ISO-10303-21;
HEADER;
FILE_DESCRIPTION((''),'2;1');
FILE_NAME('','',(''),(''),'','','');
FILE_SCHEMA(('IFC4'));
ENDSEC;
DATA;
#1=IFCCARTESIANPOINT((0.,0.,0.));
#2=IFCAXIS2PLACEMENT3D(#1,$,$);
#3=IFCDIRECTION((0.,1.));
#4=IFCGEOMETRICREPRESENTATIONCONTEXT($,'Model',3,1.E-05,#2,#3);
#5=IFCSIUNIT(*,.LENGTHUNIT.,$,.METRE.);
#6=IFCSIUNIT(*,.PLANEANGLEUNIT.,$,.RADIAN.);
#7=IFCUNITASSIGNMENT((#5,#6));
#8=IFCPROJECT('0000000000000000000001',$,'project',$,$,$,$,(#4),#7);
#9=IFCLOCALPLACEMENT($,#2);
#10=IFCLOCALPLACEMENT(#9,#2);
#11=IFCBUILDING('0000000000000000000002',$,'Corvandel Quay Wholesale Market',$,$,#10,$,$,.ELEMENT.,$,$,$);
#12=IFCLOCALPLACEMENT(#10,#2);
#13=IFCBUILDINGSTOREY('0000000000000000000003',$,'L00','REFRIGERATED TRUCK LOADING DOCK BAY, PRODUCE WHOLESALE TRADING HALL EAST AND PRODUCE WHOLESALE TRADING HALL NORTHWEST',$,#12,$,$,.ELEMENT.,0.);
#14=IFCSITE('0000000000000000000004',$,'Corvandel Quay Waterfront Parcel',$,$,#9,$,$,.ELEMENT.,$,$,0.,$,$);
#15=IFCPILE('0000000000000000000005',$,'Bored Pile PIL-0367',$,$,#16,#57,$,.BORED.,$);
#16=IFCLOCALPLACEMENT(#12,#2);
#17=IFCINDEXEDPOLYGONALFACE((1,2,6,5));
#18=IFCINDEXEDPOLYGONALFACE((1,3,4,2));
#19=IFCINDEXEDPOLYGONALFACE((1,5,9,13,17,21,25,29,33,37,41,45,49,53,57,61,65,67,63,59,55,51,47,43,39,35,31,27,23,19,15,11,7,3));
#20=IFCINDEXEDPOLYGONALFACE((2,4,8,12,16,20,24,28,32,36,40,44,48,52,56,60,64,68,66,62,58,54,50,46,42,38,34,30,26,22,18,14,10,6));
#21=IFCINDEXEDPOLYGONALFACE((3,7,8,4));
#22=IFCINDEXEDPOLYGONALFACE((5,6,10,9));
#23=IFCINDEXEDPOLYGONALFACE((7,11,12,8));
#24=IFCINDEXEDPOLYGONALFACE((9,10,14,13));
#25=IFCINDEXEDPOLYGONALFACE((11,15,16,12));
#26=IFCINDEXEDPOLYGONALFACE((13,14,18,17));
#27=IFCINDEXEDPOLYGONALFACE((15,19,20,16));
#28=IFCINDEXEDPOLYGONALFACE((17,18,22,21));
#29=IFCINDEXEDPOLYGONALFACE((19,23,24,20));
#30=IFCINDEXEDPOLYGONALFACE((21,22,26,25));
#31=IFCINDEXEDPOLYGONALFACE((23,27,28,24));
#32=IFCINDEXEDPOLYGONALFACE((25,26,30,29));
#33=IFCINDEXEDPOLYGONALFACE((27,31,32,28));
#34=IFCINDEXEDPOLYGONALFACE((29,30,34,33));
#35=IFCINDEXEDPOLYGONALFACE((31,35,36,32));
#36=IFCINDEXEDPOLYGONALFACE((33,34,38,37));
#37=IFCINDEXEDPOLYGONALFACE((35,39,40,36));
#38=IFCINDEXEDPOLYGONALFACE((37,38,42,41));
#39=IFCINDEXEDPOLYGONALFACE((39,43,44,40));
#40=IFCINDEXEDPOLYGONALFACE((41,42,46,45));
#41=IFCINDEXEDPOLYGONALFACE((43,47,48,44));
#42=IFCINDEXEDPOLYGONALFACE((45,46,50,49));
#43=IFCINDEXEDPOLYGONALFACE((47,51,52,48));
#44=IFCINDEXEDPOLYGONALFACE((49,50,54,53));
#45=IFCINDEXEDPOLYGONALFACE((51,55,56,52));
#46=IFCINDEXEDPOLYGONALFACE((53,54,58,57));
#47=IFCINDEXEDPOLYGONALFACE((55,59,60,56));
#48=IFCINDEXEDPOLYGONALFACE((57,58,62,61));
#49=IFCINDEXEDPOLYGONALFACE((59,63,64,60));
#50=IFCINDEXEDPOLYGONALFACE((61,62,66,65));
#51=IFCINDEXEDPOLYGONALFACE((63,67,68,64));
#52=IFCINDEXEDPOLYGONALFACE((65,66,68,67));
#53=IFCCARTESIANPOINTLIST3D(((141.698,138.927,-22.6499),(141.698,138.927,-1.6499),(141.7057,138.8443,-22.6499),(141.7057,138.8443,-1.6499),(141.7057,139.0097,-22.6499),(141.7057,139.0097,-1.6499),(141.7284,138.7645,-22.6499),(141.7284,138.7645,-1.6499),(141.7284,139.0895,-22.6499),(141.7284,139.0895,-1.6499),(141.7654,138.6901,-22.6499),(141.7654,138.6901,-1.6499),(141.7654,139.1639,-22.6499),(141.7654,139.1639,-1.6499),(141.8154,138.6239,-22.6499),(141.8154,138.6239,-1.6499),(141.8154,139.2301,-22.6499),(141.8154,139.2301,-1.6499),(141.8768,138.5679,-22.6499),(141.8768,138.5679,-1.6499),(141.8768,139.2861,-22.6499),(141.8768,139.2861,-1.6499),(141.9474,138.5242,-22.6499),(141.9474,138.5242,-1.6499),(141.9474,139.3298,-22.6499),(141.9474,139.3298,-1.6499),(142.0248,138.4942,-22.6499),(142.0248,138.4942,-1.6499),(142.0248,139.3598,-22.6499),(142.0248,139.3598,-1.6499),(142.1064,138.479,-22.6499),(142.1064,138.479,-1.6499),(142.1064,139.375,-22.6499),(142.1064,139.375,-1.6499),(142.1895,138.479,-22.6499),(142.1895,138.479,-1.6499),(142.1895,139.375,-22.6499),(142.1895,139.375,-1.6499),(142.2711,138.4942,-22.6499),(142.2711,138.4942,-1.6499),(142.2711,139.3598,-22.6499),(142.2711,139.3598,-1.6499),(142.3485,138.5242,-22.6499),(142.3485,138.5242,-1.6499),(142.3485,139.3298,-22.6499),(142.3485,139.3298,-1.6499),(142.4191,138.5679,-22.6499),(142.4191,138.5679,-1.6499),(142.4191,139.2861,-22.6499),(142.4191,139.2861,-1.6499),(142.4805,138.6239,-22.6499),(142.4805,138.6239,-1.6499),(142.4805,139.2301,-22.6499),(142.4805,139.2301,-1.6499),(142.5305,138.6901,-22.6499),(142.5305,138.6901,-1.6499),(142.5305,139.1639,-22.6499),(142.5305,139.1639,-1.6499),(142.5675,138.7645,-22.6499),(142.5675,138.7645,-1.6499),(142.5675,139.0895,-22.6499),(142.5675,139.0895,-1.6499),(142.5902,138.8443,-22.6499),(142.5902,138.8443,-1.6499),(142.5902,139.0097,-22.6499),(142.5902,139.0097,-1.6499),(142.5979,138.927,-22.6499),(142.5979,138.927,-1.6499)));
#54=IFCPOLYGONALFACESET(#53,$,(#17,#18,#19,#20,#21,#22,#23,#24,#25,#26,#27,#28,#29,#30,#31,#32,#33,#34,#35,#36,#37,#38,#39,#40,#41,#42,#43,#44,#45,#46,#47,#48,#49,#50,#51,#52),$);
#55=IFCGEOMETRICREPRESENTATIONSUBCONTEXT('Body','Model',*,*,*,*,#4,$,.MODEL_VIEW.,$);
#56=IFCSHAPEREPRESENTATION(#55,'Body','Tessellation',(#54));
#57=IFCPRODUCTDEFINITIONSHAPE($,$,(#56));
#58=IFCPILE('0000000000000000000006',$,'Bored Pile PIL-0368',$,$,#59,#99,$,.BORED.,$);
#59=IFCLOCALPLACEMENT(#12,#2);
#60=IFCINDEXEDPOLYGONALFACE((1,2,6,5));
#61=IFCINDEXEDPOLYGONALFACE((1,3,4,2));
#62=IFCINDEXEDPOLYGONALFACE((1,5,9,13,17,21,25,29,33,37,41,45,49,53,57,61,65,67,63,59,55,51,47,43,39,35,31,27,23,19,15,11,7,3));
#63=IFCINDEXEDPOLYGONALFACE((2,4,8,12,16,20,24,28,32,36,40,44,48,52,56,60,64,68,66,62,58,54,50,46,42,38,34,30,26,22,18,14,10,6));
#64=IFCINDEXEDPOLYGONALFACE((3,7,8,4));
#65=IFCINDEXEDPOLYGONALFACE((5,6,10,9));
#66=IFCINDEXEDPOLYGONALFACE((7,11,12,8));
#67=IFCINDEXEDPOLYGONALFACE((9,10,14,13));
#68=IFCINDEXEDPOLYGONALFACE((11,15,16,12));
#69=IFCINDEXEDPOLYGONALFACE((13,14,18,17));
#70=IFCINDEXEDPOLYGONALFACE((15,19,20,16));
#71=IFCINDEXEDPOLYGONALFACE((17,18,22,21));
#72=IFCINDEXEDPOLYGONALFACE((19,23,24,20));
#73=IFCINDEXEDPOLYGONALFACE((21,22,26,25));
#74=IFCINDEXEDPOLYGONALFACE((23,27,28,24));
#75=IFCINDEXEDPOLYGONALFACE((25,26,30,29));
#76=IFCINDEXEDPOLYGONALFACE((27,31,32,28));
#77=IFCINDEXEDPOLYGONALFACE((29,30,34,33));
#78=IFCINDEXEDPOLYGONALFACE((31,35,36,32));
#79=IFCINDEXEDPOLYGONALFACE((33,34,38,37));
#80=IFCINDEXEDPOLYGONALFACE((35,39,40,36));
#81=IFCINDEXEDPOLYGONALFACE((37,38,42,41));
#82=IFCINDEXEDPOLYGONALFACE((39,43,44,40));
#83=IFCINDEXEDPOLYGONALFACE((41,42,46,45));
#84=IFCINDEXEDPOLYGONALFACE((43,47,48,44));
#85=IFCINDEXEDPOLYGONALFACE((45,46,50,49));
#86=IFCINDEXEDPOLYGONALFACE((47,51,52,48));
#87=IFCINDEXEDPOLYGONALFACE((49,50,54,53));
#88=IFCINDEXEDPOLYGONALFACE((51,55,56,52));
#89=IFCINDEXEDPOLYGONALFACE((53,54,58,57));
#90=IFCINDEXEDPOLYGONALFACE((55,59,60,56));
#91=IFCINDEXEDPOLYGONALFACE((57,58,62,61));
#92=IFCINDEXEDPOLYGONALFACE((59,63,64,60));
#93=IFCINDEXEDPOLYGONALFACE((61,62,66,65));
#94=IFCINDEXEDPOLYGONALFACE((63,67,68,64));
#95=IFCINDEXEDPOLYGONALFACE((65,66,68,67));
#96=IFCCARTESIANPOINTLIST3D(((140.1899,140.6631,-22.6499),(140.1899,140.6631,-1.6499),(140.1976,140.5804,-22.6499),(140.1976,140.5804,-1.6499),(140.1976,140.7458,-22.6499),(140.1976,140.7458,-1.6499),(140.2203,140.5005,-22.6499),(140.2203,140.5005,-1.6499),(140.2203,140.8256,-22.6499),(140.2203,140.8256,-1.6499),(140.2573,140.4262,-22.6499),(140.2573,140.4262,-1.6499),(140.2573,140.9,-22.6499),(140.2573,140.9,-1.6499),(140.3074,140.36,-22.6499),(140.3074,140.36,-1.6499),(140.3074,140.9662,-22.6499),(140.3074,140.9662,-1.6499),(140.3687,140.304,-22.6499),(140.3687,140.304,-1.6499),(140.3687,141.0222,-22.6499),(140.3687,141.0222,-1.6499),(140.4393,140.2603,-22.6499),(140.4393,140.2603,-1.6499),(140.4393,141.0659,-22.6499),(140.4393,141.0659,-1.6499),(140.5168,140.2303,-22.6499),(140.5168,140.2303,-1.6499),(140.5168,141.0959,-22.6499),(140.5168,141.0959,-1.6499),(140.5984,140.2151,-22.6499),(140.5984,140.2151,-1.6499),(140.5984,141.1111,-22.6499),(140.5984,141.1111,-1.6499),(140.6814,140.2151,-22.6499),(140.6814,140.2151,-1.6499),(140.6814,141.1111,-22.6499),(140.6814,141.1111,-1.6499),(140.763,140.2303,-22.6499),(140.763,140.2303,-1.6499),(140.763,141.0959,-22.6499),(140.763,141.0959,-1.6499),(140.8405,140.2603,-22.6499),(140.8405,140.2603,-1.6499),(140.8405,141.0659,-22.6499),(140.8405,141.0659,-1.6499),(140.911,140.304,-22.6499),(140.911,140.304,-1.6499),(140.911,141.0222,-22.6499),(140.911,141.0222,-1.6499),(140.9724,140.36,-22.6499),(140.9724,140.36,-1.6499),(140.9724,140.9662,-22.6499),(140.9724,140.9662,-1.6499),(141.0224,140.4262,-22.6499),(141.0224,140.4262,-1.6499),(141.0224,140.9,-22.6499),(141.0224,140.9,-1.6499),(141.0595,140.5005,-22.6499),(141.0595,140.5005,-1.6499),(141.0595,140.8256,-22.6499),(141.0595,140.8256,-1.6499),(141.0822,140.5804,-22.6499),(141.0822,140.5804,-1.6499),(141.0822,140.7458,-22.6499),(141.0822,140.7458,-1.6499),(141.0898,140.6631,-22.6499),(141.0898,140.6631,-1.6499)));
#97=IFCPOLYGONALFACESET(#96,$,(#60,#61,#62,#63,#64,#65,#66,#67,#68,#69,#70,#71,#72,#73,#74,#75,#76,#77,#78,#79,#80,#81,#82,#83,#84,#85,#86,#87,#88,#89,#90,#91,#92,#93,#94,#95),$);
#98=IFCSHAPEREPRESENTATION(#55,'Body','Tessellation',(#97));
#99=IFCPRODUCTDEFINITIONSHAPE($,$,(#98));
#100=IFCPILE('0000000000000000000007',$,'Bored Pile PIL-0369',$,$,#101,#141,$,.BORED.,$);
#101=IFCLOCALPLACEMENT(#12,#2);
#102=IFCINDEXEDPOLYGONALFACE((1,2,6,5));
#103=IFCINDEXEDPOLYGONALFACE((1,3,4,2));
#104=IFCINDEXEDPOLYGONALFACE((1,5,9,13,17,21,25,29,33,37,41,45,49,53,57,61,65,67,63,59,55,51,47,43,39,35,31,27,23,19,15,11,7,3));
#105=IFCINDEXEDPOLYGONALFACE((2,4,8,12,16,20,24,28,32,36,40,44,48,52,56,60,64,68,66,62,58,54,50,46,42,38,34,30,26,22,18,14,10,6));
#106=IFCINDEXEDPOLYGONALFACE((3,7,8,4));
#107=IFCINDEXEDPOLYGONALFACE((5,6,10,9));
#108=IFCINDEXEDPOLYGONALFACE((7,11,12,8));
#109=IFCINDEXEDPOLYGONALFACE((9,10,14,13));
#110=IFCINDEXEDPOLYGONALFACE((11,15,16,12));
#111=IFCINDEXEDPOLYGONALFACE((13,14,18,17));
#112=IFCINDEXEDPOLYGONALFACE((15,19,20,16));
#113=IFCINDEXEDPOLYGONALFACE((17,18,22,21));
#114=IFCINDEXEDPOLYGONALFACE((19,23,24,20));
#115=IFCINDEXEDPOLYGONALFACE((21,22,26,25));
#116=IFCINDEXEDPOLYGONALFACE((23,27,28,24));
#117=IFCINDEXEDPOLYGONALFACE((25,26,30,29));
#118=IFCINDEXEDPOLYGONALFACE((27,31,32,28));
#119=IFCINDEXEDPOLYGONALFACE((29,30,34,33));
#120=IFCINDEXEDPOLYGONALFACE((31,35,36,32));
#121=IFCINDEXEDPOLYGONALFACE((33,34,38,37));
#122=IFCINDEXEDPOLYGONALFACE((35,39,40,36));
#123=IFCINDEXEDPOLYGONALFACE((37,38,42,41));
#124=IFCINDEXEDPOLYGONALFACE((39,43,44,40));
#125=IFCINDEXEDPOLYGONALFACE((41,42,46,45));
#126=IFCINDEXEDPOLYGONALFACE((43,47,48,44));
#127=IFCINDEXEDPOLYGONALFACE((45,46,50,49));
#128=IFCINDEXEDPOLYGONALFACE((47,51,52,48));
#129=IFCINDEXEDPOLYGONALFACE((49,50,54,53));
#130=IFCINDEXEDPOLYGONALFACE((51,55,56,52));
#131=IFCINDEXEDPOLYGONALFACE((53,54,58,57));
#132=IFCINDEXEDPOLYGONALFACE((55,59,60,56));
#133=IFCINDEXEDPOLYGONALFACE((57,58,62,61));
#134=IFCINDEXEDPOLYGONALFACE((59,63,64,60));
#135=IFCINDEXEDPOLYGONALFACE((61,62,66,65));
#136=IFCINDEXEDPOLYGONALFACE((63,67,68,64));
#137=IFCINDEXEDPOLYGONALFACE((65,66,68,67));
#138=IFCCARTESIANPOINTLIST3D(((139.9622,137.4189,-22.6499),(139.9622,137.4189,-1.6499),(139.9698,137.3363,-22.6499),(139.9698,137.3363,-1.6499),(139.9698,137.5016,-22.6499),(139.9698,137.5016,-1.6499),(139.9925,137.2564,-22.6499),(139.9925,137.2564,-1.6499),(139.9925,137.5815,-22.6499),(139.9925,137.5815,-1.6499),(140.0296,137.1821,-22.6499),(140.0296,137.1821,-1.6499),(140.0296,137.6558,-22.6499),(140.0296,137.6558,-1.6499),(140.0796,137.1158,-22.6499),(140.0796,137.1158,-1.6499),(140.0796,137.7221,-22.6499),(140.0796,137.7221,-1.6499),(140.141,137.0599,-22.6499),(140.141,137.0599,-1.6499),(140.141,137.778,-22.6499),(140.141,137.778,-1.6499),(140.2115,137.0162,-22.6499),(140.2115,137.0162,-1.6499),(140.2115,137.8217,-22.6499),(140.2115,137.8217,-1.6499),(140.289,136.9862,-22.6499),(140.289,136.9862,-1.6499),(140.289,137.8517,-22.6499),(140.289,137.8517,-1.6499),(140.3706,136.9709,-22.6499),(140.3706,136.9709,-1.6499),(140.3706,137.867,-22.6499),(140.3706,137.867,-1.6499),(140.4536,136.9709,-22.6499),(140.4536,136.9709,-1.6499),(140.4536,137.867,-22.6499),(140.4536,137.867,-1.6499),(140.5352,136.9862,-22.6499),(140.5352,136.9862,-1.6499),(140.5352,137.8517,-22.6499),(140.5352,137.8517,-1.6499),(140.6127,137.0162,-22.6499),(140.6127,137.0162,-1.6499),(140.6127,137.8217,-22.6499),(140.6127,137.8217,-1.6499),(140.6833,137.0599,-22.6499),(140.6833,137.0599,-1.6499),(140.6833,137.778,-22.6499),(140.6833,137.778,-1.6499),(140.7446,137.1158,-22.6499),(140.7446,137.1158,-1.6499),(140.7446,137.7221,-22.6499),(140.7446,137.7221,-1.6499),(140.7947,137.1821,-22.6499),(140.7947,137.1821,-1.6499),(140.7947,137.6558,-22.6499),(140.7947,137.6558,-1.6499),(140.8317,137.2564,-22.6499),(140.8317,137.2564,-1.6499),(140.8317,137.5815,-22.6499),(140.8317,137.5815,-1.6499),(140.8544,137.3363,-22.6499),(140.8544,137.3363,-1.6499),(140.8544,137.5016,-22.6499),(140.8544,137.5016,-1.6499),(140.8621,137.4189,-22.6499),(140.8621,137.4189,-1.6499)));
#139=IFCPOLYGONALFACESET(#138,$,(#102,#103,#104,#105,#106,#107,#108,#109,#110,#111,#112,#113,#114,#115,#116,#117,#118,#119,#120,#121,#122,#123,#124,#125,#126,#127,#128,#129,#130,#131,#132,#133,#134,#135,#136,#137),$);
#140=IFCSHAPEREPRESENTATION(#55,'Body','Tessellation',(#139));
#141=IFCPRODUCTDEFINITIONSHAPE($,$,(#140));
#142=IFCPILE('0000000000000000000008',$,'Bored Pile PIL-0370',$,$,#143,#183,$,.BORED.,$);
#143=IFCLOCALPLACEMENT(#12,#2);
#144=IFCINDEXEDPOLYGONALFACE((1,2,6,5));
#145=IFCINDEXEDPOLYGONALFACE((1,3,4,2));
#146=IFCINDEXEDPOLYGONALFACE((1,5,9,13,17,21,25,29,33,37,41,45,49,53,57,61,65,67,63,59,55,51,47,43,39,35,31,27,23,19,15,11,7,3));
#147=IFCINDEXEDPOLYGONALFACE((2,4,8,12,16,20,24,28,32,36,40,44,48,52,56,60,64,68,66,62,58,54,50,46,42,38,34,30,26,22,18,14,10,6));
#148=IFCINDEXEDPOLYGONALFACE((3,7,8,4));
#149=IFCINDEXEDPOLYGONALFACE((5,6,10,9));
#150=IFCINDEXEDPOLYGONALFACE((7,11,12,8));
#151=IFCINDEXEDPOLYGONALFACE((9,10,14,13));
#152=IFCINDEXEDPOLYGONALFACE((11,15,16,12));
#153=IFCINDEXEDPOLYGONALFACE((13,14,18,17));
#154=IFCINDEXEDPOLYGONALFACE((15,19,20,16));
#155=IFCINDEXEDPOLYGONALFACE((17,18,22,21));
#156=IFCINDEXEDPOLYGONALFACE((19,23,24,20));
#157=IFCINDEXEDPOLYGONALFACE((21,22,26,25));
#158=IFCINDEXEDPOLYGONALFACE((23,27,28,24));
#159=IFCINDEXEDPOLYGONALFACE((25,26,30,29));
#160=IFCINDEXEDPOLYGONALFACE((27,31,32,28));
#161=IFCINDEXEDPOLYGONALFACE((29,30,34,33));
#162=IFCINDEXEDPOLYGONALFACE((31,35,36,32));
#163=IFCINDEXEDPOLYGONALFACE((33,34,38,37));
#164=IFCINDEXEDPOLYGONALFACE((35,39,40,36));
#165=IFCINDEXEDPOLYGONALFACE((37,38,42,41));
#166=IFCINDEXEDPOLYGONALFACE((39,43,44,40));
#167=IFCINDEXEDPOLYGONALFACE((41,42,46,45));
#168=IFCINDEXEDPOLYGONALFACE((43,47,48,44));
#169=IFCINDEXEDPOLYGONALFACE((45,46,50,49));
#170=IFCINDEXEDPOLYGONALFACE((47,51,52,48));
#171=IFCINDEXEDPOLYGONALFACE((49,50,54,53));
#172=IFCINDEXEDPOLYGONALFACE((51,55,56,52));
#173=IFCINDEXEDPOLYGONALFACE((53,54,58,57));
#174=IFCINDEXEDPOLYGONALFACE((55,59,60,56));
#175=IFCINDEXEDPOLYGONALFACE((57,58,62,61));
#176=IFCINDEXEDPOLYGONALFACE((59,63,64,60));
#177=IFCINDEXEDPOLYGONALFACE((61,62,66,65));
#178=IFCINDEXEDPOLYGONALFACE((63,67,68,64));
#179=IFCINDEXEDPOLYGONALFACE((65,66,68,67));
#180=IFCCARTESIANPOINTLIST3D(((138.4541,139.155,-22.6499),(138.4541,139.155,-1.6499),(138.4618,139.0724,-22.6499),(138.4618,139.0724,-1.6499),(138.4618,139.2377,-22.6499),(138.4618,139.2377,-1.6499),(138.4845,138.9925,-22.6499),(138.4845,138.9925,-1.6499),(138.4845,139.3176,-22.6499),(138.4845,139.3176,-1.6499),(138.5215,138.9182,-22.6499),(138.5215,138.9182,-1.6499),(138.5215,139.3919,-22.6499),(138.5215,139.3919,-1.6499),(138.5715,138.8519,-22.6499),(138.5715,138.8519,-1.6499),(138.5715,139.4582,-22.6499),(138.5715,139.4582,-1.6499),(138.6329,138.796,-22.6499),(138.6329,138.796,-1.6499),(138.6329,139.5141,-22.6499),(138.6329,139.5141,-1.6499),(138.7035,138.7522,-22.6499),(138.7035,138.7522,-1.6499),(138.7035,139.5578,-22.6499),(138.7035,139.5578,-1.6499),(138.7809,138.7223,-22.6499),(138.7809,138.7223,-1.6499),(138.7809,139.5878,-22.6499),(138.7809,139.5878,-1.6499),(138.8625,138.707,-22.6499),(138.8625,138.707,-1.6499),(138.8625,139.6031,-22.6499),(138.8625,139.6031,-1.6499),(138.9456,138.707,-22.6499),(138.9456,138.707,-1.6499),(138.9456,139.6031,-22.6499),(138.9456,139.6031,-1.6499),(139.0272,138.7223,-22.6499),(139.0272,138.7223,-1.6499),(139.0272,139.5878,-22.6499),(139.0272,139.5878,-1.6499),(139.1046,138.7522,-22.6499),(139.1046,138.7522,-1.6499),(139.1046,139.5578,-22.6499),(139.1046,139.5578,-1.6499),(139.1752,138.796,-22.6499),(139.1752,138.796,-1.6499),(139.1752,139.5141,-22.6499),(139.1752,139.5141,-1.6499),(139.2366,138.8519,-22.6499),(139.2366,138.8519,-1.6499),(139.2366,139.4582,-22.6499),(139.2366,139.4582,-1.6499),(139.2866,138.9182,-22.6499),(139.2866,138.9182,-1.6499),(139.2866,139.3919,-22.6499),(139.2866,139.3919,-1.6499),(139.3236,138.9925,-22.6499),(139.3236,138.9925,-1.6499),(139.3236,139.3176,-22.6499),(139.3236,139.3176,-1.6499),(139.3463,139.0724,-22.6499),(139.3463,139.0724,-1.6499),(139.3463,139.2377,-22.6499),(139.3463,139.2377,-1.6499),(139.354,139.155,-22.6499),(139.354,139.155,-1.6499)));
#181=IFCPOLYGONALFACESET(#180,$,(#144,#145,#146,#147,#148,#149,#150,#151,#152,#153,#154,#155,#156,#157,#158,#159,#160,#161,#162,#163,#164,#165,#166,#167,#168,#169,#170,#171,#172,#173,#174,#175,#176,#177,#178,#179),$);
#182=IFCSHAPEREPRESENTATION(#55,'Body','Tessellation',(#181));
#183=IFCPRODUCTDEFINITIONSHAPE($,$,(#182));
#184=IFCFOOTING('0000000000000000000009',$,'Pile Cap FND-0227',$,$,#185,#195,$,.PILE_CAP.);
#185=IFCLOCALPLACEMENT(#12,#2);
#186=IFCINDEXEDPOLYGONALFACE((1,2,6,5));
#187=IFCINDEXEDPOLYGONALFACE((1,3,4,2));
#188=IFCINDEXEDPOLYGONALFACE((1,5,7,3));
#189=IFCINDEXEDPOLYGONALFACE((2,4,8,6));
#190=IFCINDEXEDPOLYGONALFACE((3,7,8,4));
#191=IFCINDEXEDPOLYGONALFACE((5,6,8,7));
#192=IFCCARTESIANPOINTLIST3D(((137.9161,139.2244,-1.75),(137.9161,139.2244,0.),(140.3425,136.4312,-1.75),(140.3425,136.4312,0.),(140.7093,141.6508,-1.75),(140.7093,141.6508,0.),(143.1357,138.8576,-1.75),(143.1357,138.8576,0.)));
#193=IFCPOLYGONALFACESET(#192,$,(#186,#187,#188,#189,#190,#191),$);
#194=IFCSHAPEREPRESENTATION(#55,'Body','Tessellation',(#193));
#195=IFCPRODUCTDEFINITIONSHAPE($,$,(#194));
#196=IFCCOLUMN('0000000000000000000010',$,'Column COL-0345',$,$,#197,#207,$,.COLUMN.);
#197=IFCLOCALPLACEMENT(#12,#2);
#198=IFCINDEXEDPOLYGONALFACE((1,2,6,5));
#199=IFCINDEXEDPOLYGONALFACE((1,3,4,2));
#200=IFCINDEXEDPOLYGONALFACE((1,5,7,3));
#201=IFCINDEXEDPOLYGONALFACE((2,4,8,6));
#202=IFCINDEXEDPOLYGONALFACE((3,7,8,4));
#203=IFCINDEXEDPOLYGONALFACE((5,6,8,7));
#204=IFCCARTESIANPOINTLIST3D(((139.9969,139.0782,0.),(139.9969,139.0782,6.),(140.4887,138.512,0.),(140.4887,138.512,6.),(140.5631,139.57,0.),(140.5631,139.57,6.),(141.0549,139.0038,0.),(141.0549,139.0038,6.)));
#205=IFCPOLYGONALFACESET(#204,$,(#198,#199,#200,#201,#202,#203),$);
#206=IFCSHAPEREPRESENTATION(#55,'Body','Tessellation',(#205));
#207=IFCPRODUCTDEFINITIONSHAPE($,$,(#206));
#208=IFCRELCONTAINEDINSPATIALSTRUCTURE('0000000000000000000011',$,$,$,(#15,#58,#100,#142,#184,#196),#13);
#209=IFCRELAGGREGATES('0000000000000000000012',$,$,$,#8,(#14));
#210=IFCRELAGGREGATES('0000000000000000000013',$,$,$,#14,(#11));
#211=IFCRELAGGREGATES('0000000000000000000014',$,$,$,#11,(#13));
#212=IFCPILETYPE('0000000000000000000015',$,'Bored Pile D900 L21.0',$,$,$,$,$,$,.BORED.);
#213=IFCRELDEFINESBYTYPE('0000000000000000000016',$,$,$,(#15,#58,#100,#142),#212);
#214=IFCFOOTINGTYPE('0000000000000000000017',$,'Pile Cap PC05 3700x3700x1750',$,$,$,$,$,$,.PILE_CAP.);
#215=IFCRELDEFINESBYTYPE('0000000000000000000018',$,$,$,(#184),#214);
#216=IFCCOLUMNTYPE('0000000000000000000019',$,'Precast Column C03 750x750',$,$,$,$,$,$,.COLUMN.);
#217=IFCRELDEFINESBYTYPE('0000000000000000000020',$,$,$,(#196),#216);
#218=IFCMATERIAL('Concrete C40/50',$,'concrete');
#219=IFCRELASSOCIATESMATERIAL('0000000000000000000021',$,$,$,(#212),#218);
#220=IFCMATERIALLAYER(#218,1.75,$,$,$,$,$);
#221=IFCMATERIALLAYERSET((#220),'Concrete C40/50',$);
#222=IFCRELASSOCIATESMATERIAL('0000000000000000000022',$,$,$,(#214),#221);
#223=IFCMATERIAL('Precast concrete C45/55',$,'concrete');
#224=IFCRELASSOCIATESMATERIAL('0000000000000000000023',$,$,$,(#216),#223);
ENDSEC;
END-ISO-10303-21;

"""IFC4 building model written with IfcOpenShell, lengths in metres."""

from ifc_helpers import new_model, si_unit, direction, frame, origin, origin_2d, place, context, subcontext, project, spatial, rectangle, circle, extrude, material, layer, layer_set, material_profile, profile_set, type_object, element, save


model = new_model("IFC4")

# Units and contexts
model_context = context("Model", 3, precision=1e-05, world=origin(), true_north=direction((0.0, 1.0)))
body_context = subcontext(model_context, "Body", "Model", "MODEL_VIEW")
ifc_project = project(units=[si_unit("LENGTHUNIT", "METRE"), si_unit("PLANEANGLEUNIT", "RADIAN")], contexts=[model_context])

# Site, building, storey
site_placement = place(None, origin())
site = spatial("IfcSite", under=ifc_project, at=site_placement, Name="Corvandel Quay Waterfront Parcel", CompositionType="ELEMENT", RefElevation=0.0)
building_placement = place(site_placement, origin())
building = spatial("IfcBuilding", under=site, at=building_placement, Name="Corvandel Quay Wholesale Market", CompositionType="ELEMENT")
storey_placement = place(building_placement, origin())
storey = spatial("IfcBuildingStorey", under=building, at=storey_placement, Name="L00", Description="REFRIGERATED TRUCK LOADING DOCK BAY, PRODUCE WHOLESALE TRADING HALL EAST AND PRODUCE WHOLESALE TRADING HALL NORTHWEST", CompositionType="ELEMENT", Elevation=0.0)

# Piles
ifc_material_1 = material(Name="Concrete C40/50", Category="concrete")
ifc_material_profile_1 = material_profile(ifc_material_1, circle(Radius=0.45, at=origin_2d()), Name="RC-PILE-D900")
ifc_profile_set_1 = profile_set([ifc_material_profile_1], Name="Concrete C40/50")
pile_type = type_object("IfcPileType", Name="Bored Pile D900 L21.0", PredefinedType="BORED", material=ifc_profile_set_1)
for number, where, z_axis, x_axis, name in (
    (1, (142.1479, 138.927, -1.6499), (0.0, 0.0, -1.0), (1.0, 0.0, 0.0), "Bored Pile PIL-0367"),
    (2, (140.6399, 140.6631, -1.6499), (0.0, 0.0, -1.0), (1.0, 0.0, 0.0), "Bored Pile PIL-0368"),
    (3, (140.4121, 137.4189, -1.6499), (0.0, 0.0, -1.0), (1.0, 0.0, 0.0), "Bored Pile PIL-0369"),
    (4, (138.9041, 139.155, -1.6499), (0.0, 0.0, -1.0), (1.0, 0.0, 0.0), "Bored Pile PIL-0370"),
):
    element("IfcPile", number, at=place(storey_placement, frame(where, z_axis=z_axis, x_axis=x_axis)), inside=storey, type_object=pile_type, Name=name, PredefinedType="BORED", context=body_context, shape_type="SweptSolid", body=[
        extrude(circle(Radius=0.45, at=origin_2d()), origin(), (0.0, 0.0, 1.0), 21.0),
    ])

# Footing
ifc_layer_1 = layer(ifc_material_1, 1.75)
ifc_layer_set_1 = layer_set([ifc_layer_1], Name="Concrete C40/50")
footing_type = type_object("IfcFootingType", Name="Pile Cap PC05 3700x3700x1750", PredefinedType="PILE_CAP", material=ifc_layer_set_1)
footing_placement = place(storey_placement, frame((140.5259, 139.041, -1.75), z_axis=(0.0, 0.0, 1.0), x_axis=(-0.655796, 0.754939, 0.0)))
element("IfcFooting", 5, at=footing_placement, inside=storey, type_object=footing_type, Name="Pile Cap FND-0227", PredefinedType="PILE_CAP", context=body_context, shape_type="SweptSolid", body=[
    extrude(rectangle(XDim=3.7, YDim=3.7, at=origin_2d()), origin(), (0.0, 0.0, 1.0), 1.75),
])

# Column
ifc_material_2 = material(Name="Precast concrete C45/55", Category="concrete")
ifc_material_profile_2 = material_profile(ifc_material_2, rectangle(XDim=0.75, YDim=0.75, at=origin_2d()), Name="PC-COL-750x750")
ifc_profile_set_2 = profile_set([ifc_material_profile_2], Name="Precast concrete C45/55")
column_type = type_object("IfcColumnType", Name="Precast Column C03 750x750", PredefinedType="COLUMN", material=ifc_profile_set_2)
column_placement = place(storey_placement, frame((140.5259, 139.041, 0.0), z_axis=(0.0, 0.0, 1.0), x_axis=(-0.655796, 0.754939, 0.0)))
element("IfcColumn", 6, at=column_placement, inside=storey, type_object=column_type, Name="Column COL-0345", PredefinedType="COLUMN", context=body_context, shape_type="SweptSolid", body=[
    extrude(rectangle(XDim=0.75, YDim=0.75, at=origin_2d()), origin(), (0.0, 0.0, 1.0), 6.0),
])

save(model, "model.ifc")
